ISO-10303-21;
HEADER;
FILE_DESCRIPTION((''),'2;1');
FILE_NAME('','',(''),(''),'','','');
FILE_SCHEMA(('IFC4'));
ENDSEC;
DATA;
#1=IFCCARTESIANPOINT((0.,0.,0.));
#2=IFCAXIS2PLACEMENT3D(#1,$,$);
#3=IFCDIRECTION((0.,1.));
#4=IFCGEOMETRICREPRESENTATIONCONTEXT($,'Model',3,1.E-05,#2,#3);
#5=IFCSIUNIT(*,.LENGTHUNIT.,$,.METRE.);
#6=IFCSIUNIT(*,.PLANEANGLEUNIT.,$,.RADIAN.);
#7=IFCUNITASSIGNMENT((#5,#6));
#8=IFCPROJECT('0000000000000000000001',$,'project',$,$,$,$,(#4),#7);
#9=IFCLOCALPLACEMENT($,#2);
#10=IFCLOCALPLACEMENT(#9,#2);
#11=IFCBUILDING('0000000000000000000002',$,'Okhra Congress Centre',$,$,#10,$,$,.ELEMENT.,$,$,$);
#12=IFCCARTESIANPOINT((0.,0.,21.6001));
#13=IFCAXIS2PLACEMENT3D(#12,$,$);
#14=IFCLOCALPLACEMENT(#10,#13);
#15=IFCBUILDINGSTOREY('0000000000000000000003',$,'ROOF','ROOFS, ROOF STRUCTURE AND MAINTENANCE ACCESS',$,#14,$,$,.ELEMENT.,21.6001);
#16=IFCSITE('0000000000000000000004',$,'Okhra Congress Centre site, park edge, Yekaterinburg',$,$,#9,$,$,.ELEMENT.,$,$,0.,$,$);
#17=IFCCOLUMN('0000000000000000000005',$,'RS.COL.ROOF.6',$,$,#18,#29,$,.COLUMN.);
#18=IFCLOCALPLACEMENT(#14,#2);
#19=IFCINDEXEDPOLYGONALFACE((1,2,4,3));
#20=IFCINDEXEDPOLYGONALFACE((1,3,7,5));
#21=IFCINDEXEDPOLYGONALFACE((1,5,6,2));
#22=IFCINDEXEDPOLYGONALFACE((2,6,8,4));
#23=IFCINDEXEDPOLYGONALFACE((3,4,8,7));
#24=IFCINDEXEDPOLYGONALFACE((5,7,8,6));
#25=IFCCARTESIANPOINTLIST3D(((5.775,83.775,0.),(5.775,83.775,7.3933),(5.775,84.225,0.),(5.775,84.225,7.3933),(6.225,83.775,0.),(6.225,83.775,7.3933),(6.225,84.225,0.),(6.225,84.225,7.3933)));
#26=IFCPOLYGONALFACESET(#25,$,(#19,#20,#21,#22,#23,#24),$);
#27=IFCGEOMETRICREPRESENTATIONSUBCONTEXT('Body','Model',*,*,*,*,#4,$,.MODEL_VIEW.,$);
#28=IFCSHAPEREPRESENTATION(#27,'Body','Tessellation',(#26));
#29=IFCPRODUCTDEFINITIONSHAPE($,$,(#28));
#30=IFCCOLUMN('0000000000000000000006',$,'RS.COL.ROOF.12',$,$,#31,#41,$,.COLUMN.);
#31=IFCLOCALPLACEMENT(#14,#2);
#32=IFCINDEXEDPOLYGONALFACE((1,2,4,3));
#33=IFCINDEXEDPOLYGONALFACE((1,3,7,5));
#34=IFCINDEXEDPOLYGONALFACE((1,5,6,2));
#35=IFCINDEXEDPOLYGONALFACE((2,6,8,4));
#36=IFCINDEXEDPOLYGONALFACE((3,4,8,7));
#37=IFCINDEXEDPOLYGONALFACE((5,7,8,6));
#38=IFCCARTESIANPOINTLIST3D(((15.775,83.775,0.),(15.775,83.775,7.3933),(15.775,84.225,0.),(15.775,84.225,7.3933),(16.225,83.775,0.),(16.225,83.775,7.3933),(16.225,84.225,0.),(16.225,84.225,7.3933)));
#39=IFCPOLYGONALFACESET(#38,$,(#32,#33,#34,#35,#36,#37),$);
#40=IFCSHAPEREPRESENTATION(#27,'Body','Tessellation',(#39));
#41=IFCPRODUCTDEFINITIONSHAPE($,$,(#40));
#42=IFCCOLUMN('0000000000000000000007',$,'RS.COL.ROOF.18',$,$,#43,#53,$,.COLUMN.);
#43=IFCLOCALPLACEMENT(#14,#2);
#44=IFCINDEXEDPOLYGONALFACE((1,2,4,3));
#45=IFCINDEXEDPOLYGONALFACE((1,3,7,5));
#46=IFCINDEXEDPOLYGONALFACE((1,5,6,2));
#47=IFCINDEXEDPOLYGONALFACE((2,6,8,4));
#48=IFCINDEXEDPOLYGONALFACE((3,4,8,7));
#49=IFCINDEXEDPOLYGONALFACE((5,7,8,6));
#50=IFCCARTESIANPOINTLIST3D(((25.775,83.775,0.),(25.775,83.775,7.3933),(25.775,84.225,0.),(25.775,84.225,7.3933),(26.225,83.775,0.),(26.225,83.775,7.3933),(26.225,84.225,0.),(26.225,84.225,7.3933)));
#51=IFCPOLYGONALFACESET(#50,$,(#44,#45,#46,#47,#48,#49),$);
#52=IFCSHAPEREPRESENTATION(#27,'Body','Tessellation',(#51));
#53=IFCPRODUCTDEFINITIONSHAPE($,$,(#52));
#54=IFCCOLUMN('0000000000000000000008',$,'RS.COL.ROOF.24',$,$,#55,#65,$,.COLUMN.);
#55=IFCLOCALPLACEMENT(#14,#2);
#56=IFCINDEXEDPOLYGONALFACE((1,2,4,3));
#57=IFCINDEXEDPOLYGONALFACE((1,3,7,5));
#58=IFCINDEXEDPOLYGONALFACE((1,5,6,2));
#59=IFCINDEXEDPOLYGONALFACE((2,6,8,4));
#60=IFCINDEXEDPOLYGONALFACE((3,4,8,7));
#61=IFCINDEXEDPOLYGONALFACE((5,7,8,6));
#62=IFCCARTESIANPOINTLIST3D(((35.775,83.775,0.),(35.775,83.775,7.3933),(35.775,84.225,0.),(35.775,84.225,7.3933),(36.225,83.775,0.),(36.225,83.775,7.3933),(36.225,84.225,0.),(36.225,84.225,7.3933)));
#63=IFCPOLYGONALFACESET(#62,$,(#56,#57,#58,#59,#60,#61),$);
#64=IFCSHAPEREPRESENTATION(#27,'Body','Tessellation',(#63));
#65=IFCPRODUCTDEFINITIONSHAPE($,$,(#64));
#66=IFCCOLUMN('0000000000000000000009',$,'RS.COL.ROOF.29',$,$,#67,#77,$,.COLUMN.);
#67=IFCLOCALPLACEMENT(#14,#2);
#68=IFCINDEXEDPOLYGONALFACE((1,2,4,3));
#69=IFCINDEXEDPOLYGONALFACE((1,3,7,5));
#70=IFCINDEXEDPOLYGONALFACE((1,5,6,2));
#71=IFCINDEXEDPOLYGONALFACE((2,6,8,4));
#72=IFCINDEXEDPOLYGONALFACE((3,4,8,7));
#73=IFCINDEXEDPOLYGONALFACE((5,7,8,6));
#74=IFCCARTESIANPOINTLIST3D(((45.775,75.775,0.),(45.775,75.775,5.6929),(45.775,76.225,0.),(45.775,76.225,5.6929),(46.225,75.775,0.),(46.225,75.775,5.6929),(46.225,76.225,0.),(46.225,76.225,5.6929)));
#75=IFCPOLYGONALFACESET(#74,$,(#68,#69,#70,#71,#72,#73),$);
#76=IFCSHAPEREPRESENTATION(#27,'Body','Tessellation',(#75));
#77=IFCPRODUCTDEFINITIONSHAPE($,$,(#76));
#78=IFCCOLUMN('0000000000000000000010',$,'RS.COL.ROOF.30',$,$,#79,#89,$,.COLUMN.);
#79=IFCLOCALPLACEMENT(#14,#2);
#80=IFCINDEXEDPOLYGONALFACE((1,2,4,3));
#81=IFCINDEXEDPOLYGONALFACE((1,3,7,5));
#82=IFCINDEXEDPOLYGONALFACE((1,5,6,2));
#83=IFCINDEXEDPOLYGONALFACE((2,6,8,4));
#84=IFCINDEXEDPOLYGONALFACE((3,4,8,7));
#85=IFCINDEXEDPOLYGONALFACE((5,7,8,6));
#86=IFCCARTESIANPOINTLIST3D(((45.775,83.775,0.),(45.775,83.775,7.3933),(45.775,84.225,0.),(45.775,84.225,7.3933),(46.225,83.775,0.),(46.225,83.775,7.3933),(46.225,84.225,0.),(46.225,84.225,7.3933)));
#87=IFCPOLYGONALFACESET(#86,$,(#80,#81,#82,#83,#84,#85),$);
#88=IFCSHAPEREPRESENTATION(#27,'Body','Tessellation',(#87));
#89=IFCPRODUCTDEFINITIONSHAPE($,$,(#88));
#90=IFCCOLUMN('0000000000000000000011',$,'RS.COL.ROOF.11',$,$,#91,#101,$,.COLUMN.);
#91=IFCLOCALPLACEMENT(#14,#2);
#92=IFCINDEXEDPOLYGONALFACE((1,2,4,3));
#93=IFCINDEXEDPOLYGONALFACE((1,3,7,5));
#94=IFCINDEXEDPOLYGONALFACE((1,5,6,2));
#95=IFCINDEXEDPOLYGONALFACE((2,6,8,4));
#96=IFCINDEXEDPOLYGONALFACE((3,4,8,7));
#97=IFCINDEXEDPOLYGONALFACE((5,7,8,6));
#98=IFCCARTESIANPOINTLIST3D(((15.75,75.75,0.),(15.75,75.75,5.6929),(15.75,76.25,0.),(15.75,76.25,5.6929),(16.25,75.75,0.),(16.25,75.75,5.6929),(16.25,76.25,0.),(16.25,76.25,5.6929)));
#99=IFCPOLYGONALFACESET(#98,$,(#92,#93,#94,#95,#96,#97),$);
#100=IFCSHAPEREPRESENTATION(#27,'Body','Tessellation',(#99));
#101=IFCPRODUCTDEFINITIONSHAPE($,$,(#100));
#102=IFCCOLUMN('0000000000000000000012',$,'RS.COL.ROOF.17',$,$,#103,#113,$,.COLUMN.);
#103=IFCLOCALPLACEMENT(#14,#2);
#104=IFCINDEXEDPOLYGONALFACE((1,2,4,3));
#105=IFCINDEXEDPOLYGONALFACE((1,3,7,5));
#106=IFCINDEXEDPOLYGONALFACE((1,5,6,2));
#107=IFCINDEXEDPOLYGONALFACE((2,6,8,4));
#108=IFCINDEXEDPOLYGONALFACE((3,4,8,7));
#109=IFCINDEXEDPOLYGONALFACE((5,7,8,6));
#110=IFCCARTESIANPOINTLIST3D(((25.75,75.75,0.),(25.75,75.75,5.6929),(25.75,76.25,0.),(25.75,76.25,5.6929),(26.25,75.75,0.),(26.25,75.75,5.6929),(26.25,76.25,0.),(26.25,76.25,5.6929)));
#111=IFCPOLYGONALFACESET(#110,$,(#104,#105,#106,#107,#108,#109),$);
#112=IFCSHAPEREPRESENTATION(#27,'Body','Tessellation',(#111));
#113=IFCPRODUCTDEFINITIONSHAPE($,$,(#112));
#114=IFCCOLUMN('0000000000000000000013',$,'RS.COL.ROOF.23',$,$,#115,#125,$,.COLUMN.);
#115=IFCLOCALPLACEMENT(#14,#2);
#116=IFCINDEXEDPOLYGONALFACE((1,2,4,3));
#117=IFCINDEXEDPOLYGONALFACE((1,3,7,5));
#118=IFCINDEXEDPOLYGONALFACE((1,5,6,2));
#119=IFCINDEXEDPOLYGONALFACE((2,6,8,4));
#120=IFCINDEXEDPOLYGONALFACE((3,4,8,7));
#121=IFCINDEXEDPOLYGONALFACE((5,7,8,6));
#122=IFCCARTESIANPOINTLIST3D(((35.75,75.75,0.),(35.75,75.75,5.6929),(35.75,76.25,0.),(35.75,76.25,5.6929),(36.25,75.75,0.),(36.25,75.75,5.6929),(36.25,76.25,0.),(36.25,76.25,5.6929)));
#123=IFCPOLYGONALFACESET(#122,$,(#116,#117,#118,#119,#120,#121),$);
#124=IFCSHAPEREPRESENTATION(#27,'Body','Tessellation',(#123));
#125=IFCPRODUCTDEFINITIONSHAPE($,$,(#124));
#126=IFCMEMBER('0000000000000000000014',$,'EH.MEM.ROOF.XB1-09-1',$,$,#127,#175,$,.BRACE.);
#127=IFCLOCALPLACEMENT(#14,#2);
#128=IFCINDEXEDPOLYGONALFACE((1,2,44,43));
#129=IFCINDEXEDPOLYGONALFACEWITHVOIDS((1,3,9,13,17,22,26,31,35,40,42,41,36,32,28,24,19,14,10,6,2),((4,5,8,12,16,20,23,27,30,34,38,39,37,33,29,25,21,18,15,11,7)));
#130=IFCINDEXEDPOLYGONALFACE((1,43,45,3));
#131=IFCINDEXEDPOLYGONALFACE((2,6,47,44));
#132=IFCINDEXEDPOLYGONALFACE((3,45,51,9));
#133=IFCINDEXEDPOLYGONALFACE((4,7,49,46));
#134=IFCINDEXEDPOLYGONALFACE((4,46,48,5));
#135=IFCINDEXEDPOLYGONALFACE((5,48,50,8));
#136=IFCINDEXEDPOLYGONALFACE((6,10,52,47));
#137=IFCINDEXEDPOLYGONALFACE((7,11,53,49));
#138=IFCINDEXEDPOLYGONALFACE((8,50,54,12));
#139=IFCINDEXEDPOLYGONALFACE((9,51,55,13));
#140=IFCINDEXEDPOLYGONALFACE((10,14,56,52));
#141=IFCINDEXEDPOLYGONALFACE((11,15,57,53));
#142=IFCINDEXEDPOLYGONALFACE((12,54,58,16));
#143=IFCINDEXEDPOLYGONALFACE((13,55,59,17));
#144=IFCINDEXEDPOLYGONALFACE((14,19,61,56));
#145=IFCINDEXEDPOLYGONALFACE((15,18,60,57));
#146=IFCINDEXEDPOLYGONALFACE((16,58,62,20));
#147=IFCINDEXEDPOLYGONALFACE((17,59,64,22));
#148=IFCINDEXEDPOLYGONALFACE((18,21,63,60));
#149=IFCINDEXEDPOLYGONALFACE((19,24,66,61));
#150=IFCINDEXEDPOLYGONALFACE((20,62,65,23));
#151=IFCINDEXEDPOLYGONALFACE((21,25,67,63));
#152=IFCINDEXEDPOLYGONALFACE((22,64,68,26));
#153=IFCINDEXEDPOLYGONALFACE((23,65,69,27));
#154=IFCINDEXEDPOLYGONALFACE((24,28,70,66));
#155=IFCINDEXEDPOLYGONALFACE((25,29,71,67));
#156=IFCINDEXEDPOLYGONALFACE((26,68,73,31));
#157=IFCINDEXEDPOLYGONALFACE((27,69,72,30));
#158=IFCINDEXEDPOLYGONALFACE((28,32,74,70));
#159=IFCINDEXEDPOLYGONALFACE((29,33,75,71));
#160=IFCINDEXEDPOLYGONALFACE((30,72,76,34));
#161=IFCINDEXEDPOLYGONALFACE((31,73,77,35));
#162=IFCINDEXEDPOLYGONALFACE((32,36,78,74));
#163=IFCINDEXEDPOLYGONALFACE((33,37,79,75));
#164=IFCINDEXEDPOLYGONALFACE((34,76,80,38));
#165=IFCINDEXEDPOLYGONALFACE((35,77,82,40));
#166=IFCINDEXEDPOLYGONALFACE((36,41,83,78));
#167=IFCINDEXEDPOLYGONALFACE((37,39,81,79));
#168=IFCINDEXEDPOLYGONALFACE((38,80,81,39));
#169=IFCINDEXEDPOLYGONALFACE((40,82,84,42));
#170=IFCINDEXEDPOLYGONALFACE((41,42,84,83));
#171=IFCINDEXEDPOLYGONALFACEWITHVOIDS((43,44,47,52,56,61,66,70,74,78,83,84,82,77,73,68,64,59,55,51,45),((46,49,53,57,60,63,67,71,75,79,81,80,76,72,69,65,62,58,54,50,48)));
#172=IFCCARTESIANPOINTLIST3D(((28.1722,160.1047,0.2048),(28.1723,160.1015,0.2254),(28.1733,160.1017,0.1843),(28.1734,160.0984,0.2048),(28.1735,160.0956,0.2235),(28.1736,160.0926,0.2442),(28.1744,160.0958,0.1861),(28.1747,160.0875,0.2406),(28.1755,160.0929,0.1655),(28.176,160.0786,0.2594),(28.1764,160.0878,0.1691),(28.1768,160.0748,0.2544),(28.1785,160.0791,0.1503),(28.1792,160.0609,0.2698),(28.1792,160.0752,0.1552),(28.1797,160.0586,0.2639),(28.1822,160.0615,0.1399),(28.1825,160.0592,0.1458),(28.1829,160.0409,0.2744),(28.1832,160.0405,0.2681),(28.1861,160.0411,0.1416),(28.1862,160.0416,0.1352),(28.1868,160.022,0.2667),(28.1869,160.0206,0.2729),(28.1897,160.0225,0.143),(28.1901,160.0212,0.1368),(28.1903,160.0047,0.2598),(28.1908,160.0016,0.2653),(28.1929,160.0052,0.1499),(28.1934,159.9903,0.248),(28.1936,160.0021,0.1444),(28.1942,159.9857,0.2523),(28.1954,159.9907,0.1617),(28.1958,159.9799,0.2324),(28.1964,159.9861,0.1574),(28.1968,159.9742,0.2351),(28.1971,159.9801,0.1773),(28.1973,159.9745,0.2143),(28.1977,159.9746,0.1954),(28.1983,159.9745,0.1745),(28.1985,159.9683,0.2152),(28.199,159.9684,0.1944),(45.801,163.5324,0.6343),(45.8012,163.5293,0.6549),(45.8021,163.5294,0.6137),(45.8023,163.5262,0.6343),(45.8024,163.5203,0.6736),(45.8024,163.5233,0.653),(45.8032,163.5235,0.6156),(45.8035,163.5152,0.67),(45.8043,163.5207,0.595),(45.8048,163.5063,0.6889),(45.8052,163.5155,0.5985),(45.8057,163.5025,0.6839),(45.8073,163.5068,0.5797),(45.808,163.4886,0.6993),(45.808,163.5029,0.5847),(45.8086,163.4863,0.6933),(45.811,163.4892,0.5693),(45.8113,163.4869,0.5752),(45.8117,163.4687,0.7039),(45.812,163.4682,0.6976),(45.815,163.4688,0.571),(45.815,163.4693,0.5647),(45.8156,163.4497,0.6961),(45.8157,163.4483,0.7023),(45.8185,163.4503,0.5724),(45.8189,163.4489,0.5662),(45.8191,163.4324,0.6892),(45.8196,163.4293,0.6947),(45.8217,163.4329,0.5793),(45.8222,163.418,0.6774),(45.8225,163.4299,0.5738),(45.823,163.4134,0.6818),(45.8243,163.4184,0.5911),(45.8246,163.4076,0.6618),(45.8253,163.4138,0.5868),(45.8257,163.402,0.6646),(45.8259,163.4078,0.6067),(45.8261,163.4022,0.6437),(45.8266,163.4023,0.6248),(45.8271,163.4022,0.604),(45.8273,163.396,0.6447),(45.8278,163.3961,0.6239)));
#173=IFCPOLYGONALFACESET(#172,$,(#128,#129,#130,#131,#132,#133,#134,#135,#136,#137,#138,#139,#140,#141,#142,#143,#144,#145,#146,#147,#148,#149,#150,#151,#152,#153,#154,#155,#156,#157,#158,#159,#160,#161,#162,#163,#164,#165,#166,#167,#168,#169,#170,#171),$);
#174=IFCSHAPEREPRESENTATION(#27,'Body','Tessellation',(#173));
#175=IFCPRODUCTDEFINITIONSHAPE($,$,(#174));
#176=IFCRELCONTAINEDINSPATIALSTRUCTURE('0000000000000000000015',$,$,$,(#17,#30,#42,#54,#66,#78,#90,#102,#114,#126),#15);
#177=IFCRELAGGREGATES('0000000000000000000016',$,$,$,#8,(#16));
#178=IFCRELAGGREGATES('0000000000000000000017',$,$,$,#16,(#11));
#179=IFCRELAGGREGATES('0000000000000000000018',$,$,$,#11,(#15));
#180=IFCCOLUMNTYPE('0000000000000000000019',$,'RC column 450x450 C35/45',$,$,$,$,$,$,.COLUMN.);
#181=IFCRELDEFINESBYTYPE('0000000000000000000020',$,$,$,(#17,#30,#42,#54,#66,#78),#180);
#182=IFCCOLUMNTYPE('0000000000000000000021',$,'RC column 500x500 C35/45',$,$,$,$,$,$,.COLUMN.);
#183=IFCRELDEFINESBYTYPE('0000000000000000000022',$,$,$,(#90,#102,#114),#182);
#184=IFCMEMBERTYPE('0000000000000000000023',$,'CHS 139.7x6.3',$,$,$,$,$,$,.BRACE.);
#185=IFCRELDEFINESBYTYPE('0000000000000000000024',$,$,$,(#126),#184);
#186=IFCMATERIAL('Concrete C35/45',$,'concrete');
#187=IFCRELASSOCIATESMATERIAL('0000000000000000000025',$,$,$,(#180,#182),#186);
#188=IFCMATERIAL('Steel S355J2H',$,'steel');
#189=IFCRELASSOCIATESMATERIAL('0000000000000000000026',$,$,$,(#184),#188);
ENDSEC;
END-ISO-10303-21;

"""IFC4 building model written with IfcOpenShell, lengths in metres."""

from ifc_helpers import new_model, si_unit, direction, frame, origin, origin_2d, place, context, subcontext, project, spatial, rectangle, hollow_circle, extrude, material, material_profile, profile_set, type_object, element, save


model = new_model("IFC4")

# Units and contexts
model_context = context("Model", 3, precision=1e-05, world=origin(), true_north=direction((0.0, 1.0)))
body_context = subcontext(model_context, "Body", "Model", "MODEL_VIEW")
ifc_project = project(units=[si_unit("LENGTHUNIT", "METRE"), si_unit("PLANEANGLEUNIT", "RADIAN")], contexts=[model_context])

# Site, building, storey
site_placement = place(None, origin())
site = spatial("IfcSite", under=ifc_project, at=site_placement, Name="Okhra Congress Centre site, park edge, Yekaterinburg", CompositionType="ELEMENT", RefElevation=0.0)
building_placement = place(site_placement, origin())
building = spatial("IfcBuilding", under=site, at=building_placement, Name="Okhra Congress Centre", CompositionType="ELEMENT")
storey_placement = place(building_placement, frame((0.0, 0.0, 21.6001)))
storey = spatial("IfcBuildingStorey", under=building, at=storey_placement, Name="ROOF", Description="ROOFS, ROOF STRUCTURE AND MAINTENANCE ACCESS", CompositionType="ELEMENT", Elevation=21.6001)

# Columns
ifc_material_1 = material(Name="Concrete C35/45", Category="concrete")
ifc_material_profile_1 = material_profile(ifc_material_1, rectangle(XDim=0.45, YDim=0.45, at=origin_2d()), Name="RC 450x450")
ifc_profile_set_1 = profile_set([ifc_material_profile_1], Name="Concrete C35/45")
column_type_1 = type_object("IfcColumnType", Name="RC column 450x450 C35/45", PredefinedType="COLUMN", material=ifc_profile_set_1)
for number, where, z_axis, x_axis, name in (
    (1, (6.0, 84.0, 0.0), (0.0, 0.0, 1.0), (1.0, 0.0, 0.0), "RS.COL.ROOF.6"),
    (2, (16.0, 84.0, 0.0), (0.0, 0.0, 1.0), (1.0, 0.0, 0.0), "RS.COL.ROOF.12"),
    (3, (26.0, 84.0, 0.0), (0.0, 0.0, 1.0), (1.0, 0.0, 0.0), "RS.COL.ROOF.18"),
    (4, (36.0, 84.0, 0.0), (0.0, 0.0, 1.0), (1.0, 0.0, 0.0), "RS.COL.ROOF.24"),
):
    element("IfcColumn", number, at=place(storey_placement, frame(where, z_axis=z_axis, x_axis=x_axis)), inside=storey, type_object=column_type_1, Name=name, PredefinedType="COLUMN", context=body_context, shape_type="SweptSolid", body=[
        extrude(rectangle(XDim=0.45, YDim=0.45, at=origin_2d()), origin(), (0.0, 0.0, 1.0), 7.3933),
    ])
column_1_placement = place(storey_placement, frame((46.0, 76.0, 0.0), z_axis=(0.0, 0.0, 1.0), x_axis=(1.0, 0.0, 0.0)))
element("IfcColumn", 5, at=column_1_placement, inside=storey, type_object=column_type_1, Name="RS.COL.ROOF.29", PredefinedType="COLUMN", context=body_context, shape_type="SweptSolid", body=[
    extrude(rectangle(XDim=0.45, YDim=0.45, at=origin_2d()), origin(), (0.0, 0.0, 1.0), 5.6929),
])
column_2_placement = place(storey_placement, frame((46.0, 84.0, 0.0), z_axis=(0.0, 0.0, 1.0), x_axis=(1.0, 0.0, 0.0)))
element("IfcColumn", 6, at=column_2_placement, inside=storey, type_object=column_type_1, Name="RS.COL.ROOF.30", PredefinedType="COLUMN", context=body_context, shape_type="SweptSolid", body=[
    extrude(rectangle(XDim=0.45, YDim=0.45, at=origin_2d()), origin(), (0.0, 0.0, 1.0), 7.3933),
])
ifc_material_profile_2 = material_profile(ifc_material_1, rectangle(XDim=0.5, YDim=0.5, at=origin_2d()), Name="RC 500x500")
ifc_profile_set_2 = profile_set([ifc_material_profile_2], Name="Concrete C35/45")
column_type_2 = type_object("IfcColumnType", Name="RC column 500x500 C35/45", PredefinedType="COLUMN", material=ifc_profile_set_2)
for number, where, z_axis, x_axis, name in (
    (7, (16.0, 76.0, 0.0), (0.0, 0.0, 1.0), (1.0, 0.0, 0.0), "RS.COL.ROOF.11"),
    (8, (26.0, 76.0, 0.0), (0.0, 0.0, 1.0), (1.0, 0.0, 0.0), "RS.COL.ROOF.17"),
    (9, (36.0, 76.0, 0.0), (0.0, 0.0, 1.0), (1.0, 0.0, 0.0), "RS.COL.ROOF.23"),
):
    element("IfcColumn", number, at=place(storey_placement, frame(where, z_axis=z_axis, x_axis=x_axis)), inside=storey, type_object=column_type_2, Name=name, PredefinedType="COLUMN", context=body_context, shape_type="SweptSolid", body=[
        extrude(rectangle(XDim=0.5, YDim=0.5, at=origin_2d()), origin(), (0.0, 0.0, 1.0), 5.6929),
    ])

# Member
ifc_material_2 = material(Name="Steel S355J2H", Category="steel")
ifc_material_profile_3 = material_profile(ifc_material_2, hollow_circle(Radius=0.0698, WallThickness=0.0063, at=origin_2d()), Name="CHS 139.7x6.3")
ifc_profile_set_3 = profile_set([ifc_material_profile_3], Name="Steel S355J2H")
member_type_1 = type_object("IfcMemberType", Name="CHS 139.7x6.3", PredefinedType="BRACE", material=ifc_profile_set_3)
member_1_placement = place(storey_placement, frame((28.1855, 160.0361, 0.2048), z_axis=(0.981336, 0.190809, 0.023906), x_axis=(-0.190864, 0.981617, 0.0)))
element("IfcMember", 10, at=member_1_placement, inside=storey, type_object=member_type_1, Name="EH.MEM.ROOF.XB1-09-1", PredefinedType="BRACE", context=body_context, shape_type="SweptSolid", body=[
    extrude(hollow_circle(Radius=0.0698, WallThickness=0.0063, at=origin_2d()), origin(), (0.0, 0.0, 1.0), 17.9641),
])

save(model, "model.ifc")
